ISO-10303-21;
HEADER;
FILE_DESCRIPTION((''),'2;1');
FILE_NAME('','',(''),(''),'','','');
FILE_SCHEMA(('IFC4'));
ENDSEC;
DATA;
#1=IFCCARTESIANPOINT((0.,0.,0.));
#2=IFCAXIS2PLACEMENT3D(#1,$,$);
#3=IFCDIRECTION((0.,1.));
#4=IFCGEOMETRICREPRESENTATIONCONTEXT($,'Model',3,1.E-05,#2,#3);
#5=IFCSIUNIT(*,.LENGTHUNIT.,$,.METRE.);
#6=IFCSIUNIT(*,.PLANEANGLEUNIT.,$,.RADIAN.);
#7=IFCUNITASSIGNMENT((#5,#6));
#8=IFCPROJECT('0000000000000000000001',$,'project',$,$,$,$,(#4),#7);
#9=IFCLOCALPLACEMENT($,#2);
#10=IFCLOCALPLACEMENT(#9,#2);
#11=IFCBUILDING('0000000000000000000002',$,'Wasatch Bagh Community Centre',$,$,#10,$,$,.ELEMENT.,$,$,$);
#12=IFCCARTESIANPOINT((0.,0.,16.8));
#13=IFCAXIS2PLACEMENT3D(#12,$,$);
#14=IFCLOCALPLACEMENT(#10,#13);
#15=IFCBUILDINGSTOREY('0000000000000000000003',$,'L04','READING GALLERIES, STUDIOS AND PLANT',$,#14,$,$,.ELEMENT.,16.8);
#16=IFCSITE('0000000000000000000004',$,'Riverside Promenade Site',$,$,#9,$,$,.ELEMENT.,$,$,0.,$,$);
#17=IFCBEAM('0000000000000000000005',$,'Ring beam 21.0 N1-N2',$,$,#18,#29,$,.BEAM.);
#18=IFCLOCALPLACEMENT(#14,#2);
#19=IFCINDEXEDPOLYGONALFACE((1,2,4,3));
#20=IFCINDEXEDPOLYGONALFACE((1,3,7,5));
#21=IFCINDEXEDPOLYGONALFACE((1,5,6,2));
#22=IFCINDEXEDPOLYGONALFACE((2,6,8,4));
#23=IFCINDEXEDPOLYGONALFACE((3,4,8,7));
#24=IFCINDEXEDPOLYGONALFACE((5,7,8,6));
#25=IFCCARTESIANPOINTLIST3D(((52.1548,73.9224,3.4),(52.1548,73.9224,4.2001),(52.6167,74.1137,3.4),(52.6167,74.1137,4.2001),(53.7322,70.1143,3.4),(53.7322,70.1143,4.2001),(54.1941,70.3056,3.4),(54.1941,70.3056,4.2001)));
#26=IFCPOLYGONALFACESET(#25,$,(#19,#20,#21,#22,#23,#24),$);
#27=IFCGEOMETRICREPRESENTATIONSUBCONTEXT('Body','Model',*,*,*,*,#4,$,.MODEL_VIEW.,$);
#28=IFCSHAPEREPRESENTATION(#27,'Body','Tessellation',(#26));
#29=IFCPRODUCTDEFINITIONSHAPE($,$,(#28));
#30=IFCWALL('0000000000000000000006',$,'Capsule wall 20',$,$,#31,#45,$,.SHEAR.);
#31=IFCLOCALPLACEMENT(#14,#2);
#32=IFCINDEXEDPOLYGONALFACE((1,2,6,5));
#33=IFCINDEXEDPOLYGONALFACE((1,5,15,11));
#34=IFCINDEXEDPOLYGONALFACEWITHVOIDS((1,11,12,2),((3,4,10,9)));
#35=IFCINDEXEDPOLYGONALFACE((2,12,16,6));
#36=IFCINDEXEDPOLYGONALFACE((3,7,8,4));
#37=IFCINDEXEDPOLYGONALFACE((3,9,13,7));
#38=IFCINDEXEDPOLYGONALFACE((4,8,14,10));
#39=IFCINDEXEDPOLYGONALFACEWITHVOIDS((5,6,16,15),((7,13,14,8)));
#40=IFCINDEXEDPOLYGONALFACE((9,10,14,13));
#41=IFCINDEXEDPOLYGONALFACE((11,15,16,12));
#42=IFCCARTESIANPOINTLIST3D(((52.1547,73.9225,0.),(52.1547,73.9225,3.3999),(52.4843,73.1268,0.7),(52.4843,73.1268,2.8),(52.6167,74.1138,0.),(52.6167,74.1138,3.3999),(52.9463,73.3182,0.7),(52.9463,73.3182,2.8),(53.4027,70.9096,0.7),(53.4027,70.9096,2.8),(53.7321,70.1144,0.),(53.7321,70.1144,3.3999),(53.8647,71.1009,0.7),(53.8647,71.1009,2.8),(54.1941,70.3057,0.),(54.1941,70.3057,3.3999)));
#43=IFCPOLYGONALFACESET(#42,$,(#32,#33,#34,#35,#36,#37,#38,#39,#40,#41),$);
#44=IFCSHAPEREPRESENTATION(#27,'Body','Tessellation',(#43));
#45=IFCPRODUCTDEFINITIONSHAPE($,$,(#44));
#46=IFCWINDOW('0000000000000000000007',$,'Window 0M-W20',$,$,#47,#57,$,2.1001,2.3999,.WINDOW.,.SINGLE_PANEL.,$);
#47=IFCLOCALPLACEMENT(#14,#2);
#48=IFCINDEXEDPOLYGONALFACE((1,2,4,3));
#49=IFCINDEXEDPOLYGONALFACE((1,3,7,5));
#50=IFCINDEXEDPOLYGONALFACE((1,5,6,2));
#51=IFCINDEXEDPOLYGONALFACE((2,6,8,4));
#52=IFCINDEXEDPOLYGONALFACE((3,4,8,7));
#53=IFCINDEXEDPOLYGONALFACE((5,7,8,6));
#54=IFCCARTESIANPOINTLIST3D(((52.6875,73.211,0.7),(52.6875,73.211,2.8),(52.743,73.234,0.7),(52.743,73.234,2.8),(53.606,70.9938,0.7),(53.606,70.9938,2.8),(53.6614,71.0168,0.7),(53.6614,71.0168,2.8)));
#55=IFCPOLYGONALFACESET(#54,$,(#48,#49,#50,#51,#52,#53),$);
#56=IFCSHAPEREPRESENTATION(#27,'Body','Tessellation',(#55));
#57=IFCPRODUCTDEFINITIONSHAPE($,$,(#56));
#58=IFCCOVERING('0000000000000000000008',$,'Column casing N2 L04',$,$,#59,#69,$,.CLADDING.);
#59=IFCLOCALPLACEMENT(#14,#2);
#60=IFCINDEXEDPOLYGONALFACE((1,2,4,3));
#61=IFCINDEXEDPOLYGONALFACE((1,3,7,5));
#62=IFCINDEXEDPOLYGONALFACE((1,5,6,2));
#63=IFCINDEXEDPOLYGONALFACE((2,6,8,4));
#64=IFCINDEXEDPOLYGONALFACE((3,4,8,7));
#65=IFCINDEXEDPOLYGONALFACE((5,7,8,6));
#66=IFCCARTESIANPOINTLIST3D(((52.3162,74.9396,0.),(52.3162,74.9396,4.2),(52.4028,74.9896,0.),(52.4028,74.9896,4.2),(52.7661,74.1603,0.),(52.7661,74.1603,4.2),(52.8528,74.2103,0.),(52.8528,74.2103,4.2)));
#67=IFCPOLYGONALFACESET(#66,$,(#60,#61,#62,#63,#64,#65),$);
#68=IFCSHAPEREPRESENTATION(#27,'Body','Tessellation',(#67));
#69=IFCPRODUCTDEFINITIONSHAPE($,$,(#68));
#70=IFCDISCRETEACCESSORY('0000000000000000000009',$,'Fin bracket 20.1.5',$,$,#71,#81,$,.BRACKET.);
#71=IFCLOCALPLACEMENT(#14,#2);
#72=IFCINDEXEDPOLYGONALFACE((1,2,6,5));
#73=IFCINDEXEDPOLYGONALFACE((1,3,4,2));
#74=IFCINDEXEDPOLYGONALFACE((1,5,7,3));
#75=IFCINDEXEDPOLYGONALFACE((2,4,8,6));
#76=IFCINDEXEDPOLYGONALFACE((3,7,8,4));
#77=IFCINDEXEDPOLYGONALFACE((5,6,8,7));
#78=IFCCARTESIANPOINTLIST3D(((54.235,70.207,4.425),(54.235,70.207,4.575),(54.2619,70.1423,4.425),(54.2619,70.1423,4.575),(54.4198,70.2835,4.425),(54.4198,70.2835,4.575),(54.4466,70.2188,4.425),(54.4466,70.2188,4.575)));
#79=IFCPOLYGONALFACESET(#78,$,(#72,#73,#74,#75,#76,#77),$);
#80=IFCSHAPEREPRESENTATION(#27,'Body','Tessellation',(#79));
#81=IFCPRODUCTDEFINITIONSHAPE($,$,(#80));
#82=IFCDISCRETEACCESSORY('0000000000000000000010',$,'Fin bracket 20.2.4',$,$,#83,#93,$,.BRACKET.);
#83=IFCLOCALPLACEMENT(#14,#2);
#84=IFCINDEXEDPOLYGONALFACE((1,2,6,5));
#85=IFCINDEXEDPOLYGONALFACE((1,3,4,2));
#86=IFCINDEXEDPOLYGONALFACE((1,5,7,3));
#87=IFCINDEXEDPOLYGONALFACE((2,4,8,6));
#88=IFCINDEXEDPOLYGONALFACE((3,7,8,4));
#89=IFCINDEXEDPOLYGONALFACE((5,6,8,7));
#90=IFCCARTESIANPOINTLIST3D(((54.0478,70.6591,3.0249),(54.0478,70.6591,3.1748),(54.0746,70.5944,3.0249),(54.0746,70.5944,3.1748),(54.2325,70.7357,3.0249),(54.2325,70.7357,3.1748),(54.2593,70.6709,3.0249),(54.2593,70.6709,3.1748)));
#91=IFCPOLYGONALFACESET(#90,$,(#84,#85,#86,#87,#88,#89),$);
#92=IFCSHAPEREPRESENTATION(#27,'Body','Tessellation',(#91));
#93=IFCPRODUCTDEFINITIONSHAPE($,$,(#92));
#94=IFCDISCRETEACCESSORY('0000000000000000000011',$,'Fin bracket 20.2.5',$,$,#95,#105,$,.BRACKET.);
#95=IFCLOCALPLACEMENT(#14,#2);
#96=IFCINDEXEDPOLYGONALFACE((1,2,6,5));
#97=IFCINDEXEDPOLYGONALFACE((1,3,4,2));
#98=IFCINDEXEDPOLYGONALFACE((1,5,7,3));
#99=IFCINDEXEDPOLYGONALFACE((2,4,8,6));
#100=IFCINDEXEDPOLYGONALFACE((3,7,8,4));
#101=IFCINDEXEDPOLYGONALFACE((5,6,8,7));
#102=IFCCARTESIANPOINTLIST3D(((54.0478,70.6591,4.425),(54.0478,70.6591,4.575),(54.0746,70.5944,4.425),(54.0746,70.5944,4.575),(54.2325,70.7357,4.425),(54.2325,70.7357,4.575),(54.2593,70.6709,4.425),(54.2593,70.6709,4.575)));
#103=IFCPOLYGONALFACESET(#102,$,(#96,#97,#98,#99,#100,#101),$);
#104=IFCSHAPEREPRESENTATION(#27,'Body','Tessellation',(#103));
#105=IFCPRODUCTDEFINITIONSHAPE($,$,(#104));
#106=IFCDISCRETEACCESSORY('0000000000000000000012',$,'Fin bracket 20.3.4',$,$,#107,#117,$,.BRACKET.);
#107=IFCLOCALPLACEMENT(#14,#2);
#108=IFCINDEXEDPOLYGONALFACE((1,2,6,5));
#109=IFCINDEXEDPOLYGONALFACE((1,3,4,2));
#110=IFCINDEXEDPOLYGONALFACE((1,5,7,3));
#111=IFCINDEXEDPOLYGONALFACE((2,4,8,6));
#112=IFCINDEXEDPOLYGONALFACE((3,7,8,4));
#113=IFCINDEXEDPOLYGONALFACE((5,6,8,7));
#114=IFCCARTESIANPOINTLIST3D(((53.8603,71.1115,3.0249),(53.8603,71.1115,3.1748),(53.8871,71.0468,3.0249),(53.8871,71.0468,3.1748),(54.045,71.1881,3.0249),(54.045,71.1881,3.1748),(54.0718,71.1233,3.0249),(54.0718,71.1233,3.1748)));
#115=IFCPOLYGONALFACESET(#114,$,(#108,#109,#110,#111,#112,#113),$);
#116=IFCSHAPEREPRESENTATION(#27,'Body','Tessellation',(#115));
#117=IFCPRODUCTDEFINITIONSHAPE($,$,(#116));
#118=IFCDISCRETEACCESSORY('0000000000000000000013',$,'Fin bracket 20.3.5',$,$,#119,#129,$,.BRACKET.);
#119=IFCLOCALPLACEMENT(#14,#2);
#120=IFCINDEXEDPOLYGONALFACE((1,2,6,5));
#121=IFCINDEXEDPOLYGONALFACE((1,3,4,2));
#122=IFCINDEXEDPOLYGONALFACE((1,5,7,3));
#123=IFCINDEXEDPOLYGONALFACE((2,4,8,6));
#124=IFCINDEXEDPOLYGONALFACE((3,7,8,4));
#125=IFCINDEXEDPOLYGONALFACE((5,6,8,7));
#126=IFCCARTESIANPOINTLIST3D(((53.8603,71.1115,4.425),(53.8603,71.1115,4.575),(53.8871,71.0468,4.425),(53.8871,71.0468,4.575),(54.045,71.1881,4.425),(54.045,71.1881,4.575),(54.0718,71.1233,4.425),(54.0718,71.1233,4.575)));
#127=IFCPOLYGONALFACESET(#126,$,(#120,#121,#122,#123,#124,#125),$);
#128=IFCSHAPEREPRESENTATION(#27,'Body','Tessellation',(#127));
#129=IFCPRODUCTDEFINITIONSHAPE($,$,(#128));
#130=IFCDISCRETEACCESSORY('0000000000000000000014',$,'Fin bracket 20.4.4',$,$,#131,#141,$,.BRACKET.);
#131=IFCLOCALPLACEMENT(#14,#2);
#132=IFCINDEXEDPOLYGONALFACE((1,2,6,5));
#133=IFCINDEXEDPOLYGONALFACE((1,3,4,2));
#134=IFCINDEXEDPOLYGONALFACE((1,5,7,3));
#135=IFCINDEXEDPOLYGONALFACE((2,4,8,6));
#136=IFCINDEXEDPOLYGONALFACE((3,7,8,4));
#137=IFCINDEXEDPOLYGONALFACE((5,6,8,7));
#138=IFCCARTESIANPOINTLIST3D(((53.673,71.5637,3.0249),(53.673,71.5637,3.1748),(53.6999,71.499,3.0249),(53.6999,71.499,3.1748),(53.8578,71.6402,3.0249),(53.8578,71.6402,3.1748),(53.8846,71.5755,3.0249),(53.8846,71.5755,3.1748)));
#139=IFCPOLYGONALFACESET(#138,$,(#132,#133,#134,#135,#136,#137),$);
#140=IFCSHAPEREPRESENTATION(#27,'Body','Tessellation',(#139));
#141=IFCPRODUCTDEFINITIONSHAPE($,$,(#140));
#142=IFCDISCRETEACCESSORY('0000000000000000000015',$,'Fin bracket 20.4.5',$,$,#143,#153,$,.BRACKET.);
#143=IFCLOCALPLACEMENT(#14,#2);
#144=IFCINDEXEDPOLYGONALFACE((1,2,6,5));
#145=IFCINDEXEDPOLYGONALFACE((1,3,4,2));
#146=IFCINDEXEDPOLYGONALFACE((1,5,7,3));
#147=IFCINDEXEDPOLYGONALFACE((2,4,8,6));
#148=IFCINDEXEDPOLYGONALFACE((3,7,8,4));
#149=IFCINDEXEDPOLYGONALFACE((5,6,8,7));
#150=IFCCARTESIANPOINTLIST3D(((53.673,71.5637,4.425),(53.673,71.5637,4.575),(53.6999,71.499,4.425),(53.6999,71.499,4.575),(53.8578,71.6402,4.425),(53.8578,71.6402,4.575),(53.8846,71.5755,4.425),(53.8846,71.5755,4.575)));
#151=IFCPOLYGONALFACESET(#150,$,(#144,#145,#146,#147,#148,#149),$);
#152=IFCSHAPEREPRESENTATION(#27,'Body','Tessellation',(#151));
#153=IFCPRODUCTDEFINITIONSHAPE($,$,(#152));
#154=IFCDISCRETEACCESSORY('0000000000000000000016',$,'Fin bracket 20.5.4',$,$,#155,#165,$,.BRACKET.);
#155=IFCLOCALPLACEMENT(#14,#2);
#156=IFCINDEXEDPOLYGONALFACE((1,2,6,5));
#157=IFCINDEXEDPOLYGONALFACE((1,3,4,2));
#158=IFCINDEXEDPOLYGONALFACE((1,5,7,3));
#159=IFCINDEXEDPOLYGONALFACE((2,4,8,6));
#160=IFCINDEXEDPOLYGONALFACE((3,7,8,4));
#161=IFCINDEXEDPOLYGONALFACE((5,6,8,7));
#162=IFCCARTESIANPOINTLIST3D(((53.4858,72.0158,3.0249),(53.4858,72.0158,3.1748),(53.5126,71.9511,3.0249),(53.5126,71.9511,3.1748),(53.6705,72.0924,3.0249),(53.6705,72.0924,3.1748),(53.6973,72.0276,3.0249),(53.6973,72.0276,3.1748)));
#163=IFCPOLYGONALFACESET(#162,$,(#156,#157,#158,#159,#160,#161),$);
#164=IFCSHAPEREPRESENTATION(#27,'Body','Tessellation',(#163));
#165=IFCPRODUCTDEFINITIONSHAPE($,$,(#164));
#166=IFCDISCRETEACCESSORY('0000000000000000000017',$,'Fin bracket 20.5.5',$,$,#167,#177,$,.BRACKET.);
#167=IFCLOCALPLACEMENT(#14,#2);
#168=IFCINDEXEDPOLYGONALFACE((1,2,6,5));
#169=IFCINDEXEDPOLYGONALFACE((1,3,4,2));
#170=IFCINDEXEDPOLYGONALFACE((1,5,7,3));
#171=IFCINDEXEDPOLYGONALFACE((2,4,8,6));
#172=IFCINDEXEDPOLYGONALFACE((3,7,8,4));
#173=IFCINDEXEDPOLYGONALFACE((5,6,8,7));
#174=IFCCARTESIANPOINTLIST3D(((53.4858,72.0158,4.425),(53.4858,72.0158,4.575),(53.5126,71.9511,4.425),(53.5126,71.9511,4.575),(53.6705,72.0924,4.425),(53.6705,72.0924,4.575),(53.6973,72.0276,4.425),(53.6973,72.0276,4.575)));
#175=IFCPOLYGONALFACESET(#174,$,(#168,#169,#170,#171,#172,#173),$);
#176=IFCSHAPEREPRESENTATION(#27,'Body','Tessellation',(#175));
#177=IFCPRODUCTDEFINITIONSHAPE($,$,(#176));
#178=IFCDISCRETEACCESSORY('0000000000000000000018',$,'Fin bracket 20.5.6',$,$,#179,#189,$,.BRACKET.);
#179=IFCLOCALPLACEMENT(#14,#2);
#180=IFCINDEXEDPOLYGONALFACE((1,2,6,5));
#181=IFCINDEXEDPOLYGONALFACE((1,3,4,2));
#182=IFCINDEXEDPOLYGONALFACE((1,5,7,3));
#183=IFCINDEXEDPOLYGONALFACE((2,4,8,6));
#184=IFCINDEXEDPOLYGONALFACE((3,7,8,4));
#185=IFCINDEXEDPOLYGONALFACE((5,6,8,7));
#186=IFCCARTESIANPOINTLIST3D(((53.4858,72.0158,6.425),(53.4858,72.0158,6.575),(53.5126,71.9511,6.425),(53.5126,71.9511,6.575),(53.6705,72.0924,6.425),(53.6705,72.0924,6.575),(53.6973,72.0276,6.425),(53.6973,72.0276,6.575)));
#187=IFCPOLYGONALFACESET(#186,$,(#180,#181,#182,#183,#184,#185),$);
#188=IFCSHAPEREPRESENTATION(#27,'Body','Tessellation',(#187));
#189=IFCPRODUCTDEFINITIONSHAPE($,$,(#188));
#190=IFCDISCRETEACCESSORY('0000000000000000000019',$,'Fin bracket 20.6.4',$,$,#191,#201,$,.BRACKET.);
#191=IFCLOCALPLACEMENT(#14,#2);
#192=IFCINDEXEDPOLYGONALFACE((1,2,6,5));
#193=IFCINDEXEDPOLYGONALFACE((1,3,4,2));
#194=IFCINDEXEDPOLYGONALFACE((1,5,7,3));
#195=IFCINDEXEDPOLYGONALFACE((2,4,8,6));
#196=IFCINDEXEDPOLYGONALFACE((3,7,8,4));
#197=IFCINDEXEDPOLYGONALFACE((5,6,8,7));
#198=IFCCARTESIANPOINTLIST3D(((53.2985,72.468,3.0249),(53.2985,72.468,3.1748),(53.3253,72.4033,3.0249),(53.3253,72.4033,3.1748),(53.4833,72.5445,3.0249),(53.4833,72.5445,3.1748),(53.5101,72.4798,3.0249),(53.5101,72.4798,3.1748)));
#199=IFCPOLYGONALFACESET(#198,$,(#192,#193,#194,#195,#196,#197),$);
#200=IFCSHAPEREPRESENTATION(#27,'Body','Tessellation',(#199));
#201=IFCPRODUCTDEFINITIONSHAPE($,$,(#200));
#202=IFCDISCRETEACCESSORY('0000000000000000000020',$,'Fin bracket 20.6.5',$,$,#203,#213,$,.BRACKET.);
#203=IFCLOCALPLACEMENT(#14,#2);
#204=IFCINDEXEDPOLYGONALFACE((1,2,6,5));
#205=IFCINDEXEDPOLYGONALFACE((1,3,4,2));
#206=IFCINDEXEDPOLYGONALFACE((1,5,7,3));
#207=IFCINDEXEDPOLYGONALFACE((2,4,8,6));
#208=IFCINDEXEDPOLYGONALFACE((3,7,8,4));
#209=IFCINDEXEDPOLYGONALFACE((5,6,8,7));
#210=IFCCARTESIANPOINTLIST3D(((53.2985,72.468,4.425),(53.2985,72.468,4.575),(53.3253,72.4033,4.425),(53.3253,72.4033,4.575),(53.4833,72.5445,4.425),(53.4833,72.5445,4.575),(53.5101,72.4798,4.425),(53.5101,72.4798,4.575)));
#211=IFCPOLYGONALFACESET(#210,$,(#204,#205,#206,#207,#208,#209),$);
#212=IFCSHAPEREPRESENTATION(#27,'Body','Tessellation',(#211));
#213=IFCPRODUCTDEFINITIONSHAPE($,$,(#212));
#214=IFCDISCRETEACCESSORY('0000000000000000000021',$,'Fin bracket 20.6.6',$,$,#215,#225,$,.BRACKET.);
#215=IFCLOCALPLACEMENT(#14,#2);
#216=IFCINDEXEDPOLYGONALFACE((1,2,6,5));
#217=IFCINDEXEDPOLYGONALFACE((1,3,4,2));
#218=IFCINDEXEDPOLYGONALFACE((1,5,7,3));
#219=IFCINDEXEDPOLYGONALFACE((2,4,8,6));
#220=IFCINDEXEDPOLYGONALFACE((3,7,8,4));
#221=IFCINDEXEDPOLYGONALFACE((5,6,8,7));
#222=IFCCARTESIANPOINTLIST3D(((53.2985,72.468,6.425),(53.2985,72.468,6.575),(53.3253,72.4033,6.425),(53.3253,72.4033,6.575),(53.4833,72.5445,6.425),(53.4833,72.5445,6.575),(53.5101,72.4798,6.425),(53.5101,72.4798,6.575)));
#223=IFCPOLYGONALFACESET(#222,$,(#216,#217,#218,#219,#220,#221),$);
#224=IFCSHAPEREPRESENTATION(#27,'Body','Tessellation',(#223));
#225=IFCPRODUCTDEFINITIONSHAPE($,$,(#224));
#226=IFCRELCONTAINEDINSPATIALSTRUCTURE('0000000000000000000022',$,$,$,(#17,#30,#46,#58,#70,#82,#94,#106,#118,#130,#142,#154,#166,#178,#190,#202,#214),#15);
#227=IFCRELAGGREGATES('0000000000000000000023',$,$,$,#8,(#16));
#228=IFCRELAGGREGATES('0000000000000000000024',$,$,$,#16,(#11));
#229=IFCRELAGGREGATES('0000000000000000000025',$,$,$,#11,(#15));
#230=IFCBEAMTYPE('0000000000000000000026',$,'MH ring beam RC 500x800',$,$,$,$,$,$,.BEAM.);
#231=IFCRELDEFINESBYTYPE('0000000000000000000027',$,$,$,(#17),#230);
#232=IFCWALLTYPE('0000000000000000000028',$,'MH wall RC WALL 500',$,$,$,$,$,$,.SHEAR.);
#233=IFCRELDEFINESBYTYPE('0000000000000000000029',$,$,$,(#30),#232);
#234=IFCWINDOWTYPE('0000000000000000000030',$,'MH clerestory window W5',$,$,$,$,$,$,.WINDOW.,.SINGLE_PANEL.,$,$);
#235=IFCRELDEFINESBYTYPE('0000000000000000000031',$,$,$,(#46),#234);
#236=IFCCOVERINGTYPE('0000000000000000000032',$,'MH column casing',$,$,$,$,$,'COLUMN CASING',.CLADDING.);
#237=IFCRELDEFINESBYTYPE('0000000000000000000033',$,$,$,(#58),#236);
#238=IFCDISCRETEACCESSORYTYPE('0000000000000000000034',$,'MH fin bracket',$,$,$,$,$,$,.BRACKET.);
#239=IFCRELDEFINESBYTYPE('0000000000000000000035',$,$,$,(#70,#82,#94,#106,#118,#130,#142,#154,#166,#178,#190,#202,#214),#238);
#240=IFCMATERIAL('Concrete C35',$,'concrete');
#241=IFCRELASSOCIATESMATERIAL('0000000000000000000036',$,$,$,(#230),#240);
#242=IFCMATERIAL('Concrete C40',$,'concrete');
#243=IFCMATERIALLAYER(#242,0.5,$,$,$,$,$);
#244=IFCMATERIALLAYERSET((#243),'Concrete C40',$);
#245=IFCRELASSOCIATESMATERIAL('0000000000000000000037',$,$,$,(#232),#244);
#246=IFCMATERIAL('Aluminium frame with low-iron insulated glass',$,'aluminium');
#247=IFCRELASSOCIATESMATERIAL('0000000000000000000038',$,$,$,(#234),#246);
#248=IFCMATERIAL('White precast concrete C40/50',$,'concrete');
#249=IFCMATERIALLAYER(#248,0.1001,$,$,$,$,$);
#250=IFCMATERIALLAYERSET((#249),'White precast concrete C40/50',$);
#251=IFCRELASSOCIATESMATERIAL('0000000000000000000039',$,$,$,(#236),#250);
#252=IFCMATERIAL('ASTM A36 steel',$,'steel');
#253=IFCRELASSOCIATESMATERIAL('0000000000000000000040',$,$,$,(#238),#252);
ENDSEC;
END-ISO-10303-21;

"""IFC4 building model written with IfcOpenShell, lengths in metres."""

from ifc_helpers import new_model, si_unit, direction, frame, frame_2d, origin, origin_2d, place, context, subcontext, project, spatial, rectangle, extrude, material, layer, layer_set, material_profile, profile_set, type_object, element, fill, save


model = new_model("IFC4")

# Units and contexts
model_context = context("Model", 3, precision=1e-05, world=origin(), true_north=direction((0.0, 1.0)))
body_context = subcontext(model_context, "Body", "Model", "MODEL_VIEW")
ifc_project = project(units=[si_unit("LENGTHUNIT", "METRE"), si_unit("PLANEANGLEUNIT", "RADIAN")], contexts=[model_context])

# Site, building, storey
site_placement = place(None, origin())
site = spatial("IfcSite", under=ifc_project, at=site_placement, Name="Riverside Promenade Site", CompositionType="ELEMENT", RefElevation=0.0)
building_placement = place(site_placement, origin())
building = spatial("IfcBuilding", under=site, at=building_placement, Name="Wasatch Bagh Community Centre", CompositionType="ELEMENT")
storey_placement = place(building_placement, frame((0.0, 0.0, 16.8)))
storey = spatial("IfcBuildingStorey", under=building, at=storey_placement, Name="L04", Description="READING GALLERIES, STUDIOS AND PLANT", CompositionType="ELEMENT", Elevation=16.8)

# Beam
ifc_material_1 = material(Name="Concrete C35", Category="concrete")
ifc_material_profile = material_profile(ifc_material_1, rectangle(XDim=0.5, YDim=0.8, at=origin_2d()), Name="RC 500x800")
ifc_profile_set = profile_set([ifc_material_profile], Name="Concrete C35")
beam_type = type_object("IfcBeamType", Name="MH ring beam RC 500x800", PredefinedType="BEAM", material=ifc_profile_set)
beam_placement = place(storey_placement, frame((53.9631, 70.21, 3.8), z_axis=(-0.382688, 0.923878, 0.0), x_axis=(-0.923878, -0.382688, 0.0)))
element("IfcBeam", 1, at=beam_placement, inside=storey, type_object=beam_type, Name="Ring beam 21.0 N1-N2", PredefinedType="BEAM", context=body_context, shape_type="SweptSolid", body=[
    extrude(rectangle(XDim=0.5, YDim=0.8, at=origin_2d()), origin(), (0.0, 0.0, 1.0), 4.1218),
])

# Wall, opening, window
ifc_material_2 = material(Name="Concrete C40", Category="concrete")
ifc_layer_1 = layer(ifc_material_2, 0.5)
ifc_layer_set_1 = layer_set([ifc_layer_1], Name="Concrete C40")
wall_type = type_object("IfcWallType", Name="MH wall RC WALL 500", PredefinedType="SHEAR", material=ifc_layer_set_1)
wall_placement = place(storey_placement, frame((53.9631, 70.21, 0.0), z_axis=(0.0, 0.0, 1.0), x_axis=(-0.382688, 0.923878, 0.0)))
wall = element("IfcWall", 2, at=wall_placement, inside=storey, type_object=wall_type, Name="Capsule wall 20", PredefinedType="SHEAR", context=body_context, shape_type="SweptSolid", body=[
    extrude(rectangle(XDim=4.1218, YDim=0.5, at=frame_2d((2.061, 0.0))), origin(), (0.0, 0.0, 1.0), 3.3999),
])
opening_placement = place(wall_placement, frame((0.8608, 0.0, 0.7)))
opening = element("IfcOpeningElement", 3, at=opening_placement, cuts=wall, PredefinedType="OPENING", context=body_context, shape_type="SweptSolid", body=[
    extrude(rectangle(XDim=2.3999, YDim=2.1001, at=frame_2d((1.2, 1.05))), frame((0.0, 0.26, 0.0), z_axis=(0.0, -1.0, 0.0), x_axis=(1.0, 0.0, 0.0)), (0.0, 0.0, 1.0), 0.52),
])
ifc_material_3 = material(Name="Aluminium frame with low-iron insulated glass", Category="aluminium")
window_type = type_object("IfcWindowType", Name="MH clerestory window W5", PartitioningType="SINGLE_PANEL", PredefinedType="WINDOW", material=ifc_material_3)
window_placement = place(opening_placement, origin())
window = element("IfcWindow", 4, at=window_placement, inside=storey, type_object=window_type, Name="Window 0M-W20", OverallHeight=2.1001, OverallWidth=2.3999, PartitioningType="SINGLE_PANEL", PredefinedType="WINDOW", context=body_context, shape_type="SweptSolid", body=[
    extrude(rectangle(XDim=2.3999, YDim=2.1001, at=frame_2d((1.2, 1.05))), frame((0.0, 0.03, 0.0), z_axis=(0.0, -1.0, 0.0), x_axis=(1.0, 0.0, 0.0)), (0.0, 0.0, 1.0), 0.0601),
])
fill(opening, window)

# Covering
ifc_material_4 = material(Name="White precast concrete C40/50", Category="concrete")
ifc_layer_2 = layer(ifc_material_4, 0.1001)
ifc_layer_set_2 = layer_set([ifc_layer_2], Name="White precast concrete C40/50")
covering_type = type_object("IfcCoveringType", Name="MH column casing", ElementType="COLUMN CASING", PredefinedType="CLADDING", material=ifc_layer_set_2)
covering_placement = place(storey_placement, frame((52.5845, 74.575, 0.0), z_axis=(0.0, 0.0, 1.0), x_axis=(-0.5, 0.866025, 0.0)))
element("IfcCovering", 5, at=covering_placement, inside=storey, type_object=covering_type, Name="Column casing N2 L04", PredefinedType="CLADDING", context=body_context, shape_type="SweptSolid", body=[
    extrude(rectangle(XDim=0.8999, YDim=0.1001, at=origin_2d()), origin(), (0.0, 0.0, 1.0), 4.2),
])

# Discrete accessories
ifc_material_5 = material(Name="ASTM A36 steel", Category="steel")
discrete_accessory_type = type_object("IfcDiscreteAccessoryType", Name="MH fin bracket", PredefinedType="BRACKET", material=ifc_material_5)
for number, where, z_axis, x_axis, name in (
    (6, (54.3408, 70.2129, 4.425), (0.0, 0.0, 1.0), (-0.382683, 0.92388, 0.0), "Fin bracket 20.1.5"),
    (7, (54.1536, 70.665, 3.0249), (0.0, 0.0, 1.0), (-0.382683, 0.92388, 0.0), "Fin bracket 20.2.4"),
    (8, (54.1536, 70.665, 4.425), (0.0, 0.0, 1.0), (-0.382683, 0.92388, 0.0), "Fin bracket 20.2.5"),
    (9, (53.9661, 71.1174, 3.0249), (0.0, 0.0, 1.0), (-0.382683, 0.92388, 0.0), "Fin bracket 20.3.4"),
    (10, (53.9661, 71.1174, 4.425), (0.0, 0.0, 1.0), (-0.382683, 0.92388, 0.0), "Fin bracket 20.3.5"),
    (11, (53.7788, 71.5696, 3.0249), (0.0, 0.0, 1.0), (-0.382683, 0.92388, 0.0), "Fin bracket 20.4.4"),
    (12, (53.7788, 71.5696, 4.425), (0.0, 0.0, 1.0), (-0.382683, 0.92388, 0.0), "Fin bracket 20.4.5"),
    (13, (53.5916, 72.0217, 3.0249), (0.0, 0.0, 1.0), (-0.382683, 0.92388, 0.0), "Fin bracket 20.5.4"),
    (14, (53.5916, 72.0217, 4.425), (0.0, 0.0, 1.0), (-0.382683, 0.92388, 0.0), "Fin bracket 20.5.5"),
    (15, (53.5916, 72.0217, 6.425), (0.0, 0.0, 1.0), (-0.382683, 0.92388, 0.0), "Fin bracket 20.5.6"),
    (16, (53.4043, 72.4739, 3.0249), (0.0, 0.0, 1.0), (-0.382683, 0.92388, 0.0), "Fin bracket 20.6.4"),
    (17, (53.4043, 72.4739, 4.425), (0.0, 0.0, 1.0), (-0.382683, 0.92388, 0.0), "Fin bracket 20.6.5"),
    (18, (53.4043, 72.4739, 6.425), (0.0, 0.0, 1.0), (-0.382683, 0.92388, 0.0), "Fin bracket 20.6.6"),
):
    element("IfcDiscreteAccessory", number, at=place(storey_placement, frame(where, z_axis=z_axis, x_axis=x_axis)), inside=storey, type_object=discrete_accessory_type, Name=name, PredefinedType="BRACKET", context=body_context, shape_type="SweptSolid", body=[
        extrude(rectangle(XDim=0.0701, YDim=0.2, at=origin_2d()), origin(), (0.0, 0.0, 1.0), 0.1499),
    ])

save(model, "model.ifc")
